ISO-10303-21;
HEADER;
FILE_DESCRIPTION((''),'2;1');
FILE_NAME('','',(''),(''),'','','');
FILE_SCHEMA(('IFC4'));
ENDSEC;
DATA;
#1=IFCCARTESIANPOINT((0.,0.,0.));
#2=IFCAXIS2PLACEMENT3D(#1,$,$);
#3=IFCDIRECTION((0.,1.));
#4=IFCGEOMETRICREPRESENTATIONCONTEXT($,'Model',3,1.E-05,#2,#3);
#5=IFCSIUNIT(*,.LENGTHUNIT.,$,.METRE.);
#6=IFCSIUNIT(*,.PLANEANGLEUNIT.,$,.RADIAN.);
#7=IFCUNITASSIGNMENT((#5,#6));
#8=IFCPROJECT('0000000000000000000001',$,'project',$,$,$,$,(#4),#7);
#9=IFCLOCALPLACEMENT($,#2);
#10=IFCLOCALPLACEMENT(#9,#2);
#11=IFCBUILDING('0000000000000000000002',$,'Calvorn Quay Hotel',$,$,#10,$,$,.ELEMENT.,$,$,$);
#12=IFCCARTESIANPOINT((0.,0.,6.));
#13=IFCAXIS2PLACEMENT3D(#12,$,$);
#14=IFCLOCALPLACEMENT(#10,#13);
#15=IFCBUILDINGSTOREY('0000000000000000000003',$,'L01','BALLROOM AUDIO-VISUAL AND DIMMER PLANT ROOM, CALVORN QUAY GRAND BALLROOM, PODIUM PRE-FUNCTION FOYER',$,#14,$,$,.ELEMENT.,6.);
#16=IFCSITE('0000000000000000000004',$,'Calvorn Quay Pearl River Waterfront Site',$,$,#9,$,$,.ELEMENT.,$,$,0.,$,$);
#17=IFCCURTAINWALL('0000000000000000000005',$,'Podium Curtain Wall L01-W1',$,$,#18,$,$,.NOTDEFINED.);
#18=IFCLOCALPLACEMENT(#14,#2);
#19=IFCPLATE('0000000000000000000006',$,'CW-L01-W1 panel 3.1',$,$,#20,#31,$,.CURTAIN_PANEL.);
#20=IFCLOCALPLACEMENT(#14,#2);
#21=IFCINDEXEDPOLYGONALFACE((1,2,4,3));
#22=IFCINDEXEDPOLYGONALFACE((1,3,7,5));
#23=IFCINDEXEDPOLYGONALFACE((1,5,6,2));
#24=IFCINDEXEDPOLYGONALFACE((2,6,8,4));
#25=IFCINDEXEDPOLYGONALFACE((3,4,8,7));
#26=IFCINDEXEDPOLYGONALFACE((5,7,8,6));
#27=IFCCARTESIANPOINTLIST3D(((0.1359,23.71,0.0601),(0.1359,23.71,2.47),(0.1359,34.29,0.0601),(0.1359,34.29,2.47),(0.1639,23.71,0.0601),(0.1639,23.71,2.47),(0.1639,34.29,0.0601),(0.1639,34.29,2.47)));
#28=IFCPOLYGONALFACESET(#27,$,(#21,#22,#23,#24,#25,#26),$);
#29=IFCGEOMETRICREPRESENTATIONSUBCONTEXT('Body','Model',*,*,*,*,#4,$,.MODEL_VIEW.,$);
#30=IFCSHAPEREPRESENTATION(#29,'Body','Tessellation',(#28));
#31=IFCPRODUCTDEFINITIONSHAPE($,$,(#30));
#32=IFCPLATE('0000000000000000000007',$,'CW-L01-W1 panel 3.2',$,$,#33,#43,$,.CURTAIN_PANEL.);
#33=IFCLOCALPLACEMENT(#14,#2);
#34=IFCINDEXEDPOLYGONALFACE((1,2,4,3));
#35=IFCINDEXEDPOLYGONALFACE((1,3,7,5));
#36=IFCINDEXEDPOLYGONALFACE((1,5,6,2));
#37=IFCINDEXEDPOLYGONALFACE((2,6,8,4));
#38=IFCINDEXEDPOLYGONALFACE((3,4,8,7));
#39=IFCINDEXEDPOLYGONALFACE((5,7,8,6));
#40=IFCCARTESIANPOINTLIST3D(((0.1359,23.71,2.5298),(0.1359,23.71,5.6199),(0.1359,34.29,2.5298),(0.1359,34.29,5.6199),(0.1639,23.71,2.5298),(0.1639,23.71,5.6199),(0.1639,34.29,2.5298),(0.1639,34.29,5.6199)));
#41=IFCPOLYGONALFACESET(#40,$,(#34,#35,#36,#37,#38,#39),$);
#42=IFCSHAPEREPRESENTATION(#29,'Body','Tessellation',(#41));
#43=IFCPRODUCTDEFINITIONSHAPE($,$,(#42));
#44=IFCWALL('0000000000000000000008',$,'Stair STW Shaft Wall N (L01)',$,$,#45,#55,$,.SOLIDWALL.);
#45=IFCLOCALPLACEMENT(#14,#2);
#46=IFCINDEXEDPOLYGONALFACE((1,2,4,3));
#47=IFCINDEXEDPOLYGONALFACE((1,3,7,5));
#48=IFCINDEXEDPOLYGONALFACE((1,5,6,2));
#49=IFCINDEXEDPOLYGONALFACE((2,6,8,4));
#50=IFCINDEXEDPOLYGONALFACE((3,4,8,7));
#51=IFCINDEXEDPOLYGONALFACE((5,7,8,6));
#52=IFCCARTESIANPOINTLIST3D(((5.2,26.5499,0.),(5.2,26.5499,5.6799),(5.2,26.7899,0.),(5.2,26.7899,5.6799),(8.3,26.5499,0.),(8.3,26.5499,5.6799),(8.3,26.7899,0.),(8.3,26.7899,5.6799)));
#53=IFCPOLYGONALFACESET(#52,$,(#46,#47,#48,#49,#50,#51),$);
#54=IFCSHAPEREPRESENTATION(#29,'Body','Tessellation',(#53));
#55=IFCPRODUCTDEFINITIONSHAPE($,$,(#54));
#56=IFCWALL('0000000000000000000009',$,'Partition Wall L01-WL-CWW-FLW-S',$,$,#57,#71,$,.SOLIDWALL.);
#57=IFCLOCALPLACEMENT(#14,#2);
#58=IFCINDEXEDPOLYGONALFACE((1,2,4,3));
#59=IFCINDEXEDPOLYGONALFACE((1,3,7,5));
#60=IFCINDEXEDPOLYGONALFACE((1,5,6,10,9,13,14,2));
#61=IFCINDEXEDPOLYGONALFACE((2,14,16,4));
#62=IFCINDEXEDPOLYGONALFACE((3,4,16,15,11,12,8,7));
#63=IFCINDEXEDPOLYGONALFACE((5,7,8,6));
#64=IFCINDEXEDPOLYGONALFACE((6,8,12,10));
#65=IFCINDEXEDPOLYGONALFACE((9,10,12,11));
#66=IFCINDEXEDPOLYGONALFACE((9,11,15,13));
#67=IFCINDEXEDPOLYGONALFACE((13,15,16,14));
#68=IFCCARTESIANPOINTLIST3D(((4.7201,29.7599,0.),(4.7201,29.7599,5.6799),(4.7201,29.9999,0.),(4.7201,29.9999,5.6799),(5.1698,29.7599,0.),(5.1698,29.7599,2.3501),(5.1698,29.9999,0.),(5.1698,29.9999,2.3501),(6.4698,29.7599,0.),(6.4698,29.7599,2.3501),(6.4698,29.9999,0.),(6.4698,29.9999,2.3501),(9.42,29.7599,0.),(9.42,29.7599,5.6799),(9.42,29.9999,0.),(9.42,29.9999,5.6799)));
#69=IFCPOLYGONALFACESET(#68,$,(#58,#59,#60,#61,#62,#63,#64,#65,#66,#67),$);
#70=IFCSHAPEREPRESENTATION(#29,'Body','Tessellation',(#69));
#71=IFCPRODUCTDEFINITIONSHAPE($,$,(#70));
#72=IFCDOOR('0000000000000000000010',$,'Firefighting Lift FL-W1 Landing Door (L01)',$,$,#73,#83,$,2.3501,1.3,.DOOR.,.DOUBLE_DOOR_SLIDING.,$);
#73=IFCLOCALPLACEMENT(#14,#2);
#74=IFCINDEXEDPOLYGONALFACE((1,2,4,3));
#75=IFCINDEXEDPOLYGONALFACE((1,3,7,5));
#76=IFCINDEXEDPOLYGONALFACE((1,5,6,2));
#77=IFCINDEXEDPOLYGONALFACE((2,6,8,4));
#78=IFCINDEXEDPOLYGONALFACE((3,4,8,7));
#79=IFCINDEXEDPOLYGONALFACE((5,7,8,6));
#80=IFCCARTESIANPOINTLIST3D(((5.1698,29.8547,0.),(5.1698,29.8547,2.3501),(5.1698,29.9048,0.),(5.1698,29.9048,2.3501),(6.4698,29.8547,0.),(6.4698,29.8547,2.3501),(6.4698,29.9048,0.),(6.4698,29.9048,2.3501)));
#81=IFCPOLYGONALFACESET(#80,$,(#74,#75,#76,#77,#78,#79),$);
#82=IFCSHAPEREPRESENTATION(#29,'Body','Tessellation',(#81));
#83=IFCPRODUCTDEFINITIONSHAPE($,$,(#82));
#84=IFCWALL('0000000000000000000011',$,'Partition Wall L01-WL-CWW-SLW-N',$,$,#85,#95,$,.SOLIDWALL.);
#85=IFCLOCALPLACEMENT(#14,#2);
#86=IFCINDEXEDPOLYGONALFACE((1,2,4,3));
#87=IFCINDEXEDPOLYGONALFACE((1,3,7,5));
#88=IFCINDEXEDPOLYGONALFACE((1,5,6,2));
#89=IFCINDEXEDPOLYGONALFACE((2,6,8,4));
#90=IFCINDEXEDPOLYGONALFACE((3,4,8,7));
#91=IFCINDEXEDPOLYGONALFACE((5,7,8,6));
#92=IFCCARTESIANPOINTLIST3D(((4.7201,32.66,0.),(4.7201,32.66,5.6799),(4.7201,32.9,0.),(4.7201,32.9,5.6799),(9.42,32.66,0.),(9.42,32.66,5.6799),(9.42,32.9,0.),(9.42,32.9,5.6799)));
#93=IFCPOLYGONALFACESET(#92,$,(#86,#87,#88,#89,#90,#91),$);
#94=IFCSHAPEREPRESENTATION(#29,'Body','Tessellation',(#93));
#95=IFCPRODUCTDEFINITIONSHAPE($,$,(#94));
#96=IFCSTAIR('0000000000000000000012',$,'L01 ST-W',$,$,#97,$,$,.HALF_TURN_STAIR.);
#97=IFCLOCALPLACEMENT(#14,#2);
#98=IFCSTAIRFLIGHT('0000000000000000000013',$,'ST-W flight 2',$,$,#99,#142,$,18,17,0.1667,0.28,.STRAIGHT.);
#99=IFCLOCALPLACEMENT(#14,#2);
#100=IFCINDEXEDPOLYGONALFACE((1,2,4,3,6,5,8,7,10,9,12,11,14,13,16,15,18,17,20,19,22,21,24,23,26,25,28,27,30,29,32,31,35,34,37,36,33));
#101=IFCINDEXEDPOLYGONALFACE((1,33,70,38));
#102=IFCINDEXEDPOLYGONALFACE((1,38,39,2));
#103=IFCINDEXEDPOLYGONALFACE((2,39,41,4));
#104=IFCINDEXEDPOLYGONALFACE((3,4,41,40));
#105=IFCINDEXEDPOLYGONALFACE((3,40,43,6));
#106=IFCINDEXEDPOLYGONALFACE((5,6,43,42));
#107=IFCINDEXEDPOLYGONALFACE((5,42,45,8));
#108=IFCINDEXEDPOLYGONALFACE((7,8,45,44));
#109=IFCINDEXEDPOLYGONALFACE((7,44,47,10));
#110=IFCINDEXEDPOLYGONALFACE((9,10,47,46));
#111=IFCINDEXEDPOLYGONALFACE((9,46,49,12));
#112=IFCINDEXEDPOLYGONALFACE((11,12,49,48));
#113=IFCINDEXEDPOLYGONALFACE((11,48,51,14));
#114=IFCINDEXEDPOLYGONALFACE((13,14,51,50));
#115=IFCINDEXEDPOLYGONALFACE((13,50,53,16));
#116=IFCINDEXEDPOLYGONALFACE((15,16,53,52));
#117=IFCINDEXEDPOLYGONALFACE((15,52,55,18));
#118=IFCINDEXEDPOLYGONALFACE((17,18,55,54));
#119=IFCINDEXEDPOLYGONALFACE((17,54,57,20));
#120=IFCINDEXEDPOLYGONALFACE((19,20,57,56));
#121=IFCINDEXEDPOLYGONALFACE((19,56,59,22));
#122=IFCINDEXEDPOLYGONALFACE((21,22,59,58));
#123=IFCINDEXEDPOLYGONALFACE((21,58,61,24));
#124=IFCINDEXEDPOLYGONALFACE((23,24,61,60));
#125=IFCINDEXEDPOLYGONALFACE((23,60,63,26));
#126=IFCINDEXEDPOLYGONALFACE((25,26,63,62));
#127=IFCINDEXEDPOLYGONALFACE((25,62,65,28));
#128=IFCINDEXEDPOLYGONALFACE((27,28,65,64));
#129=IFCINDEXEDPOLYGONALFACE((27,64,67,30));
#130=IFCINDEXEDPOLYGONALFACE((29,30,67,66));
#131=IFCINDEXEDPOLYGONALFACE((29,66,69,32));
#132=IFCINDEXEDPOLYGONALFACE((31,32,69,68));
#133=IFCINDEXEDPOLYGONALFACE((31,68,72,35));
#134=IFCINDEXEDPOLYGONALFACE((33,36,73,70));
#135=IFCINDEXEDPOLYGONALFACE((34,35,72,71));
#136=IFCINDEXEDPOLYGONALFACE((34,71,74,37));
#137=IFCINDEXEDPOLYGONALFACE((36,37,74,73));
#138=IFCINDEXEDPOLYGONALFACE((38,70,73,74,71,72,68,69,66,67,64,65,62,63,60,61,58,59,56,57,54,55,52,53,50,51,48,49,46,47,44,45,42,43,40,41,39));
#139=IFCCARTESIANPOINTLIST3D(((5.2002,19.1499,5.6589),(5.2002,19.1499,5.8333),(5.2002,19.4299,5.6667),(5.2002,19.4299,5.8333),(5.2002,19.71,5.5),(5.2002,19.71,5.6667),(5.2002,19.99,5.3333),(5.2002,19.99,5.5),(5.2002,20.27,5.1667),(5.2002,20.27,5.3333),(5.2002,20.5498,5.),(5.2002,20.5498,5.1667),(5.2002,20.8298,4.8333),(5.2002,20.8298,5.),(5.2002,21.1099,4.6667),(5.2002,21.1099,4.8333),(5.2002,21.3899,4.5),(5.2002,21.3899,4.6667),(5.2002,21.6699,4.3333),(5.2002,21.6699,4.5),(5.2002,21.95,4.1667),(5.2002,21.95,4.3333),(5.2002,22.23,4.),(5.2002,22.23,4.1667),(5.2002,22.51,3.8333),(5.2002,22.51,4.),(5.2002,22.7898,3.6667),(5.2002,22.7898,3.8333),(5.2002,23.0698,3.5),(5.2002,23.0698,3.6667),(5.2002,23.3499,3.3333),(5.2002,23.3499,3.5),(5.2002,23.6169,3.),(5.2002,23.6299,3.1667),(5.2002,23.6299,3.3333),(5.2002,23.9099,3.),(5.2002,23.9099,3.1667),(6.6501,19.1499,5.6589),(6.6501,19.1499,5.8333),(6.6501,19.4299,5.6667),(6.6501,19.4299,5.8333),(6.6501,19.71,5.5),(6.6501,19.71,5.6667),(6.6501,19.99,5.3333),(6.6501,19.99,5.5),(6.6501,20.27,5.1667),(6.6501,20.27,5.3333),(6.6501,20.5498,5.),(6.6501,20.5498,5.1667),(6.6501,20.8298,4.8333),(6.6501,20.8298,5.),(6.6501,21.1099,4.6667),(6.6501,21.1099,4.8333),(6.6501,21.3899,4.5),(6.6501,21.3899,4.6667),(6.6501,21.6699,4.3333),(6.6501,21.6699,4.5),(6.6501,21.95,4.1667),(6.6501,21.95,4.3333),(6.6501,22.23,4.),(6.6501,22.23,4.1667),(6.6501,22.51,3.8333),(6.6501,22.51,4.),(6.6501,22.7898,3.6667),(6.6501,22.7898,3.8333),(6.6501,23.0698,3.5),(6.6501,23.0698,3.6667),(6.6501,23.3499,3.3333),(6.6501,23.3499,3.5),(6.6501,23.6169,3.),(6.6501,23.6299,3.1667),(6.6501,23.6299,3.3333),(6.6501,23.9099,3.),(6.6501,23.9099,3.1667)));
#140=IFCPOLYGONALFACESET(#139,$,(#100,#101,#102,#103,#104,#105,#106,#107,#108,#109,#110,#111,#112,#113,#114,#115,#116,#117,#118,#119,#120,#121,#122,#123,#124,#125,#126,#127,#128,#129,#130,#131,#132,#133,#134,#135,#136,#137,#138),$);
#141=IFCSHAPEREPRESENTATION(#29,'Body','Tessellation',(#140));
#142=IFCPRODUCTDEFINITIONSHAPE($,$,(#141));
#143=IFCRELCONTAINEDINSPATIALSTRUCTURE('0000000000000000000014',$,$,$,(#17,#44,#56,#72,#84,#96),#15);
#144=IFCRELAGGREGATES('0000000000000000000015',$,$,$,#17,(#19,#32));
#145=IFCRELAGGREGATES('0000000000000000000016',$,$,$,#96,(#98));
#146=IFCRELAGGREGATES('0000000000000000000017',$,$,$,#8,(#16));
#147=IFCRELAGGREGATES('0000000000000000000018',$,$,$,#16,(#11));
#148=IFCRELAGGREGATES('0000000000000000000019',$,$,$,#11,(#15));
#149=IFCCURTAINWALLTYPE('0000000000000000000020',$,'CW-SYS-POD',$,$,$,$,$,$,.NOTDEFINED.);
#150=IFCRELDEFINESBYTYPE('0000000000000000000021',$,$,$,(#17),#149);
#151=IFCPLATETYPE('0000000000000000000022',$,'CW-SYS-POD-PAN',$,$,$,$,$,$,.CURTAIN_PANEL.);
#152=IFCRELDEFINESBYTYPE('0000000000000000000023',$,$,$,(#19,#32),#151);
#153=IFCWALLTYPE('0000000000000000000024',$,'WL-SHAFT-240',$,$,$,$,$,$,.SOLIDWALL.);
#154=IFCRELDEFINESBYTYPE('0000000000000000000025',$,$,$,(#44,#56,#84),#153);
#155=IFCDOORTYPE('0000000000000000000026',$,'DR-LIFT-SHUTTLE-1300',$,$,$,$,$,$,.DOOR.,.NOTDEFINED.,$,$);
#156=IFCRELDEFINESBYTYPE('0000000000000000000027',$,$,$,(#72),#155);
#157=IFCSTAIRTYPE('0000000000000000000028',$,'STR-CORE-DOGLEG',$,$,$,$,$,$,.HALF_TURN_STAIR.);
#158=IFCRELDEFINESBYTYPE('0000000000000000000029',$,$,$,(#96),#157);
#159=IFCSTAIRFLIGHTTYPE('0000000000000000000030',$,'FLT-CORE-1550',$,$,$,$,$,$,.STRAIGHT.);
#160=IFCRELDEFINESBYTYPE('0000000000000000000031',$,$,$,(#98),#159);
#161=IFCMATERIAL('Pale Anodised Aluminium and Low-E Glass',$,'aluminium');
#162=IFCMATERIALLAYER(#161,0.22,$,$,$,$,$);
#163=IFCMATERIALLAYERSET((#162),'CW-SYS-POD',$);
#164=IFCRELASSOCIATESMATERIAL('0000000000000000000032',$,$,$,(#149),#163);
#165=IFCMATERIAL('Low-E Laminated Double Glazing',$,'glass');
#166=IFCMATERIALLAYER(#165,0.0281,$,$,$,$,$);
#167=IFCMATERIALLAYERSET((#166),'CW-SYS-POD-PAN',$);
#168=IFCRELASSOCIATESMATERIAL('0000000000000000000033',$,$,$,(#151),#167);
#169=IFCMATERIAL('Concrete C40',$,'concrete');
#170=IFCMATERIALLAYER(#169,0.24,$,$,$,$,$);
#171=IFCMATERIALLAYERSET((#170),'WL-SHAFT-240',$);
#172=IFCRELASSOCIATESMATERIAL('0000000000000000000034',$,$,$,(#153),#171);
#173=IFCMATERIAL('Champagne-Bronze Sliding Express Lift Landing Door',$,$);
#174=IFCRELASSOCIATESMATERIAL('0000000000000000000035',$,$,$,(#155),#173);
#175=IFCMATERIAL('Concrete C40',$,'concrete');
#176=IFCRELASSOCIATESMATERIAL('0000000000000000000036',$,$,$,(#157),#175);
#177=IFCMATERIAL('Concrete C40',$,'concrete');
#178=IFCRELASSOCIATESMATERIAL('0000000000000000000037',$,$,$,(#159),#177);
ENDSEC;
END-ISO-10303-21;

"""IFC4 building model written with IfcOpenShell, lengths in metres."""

from ifc_helpers import new_model, si_unit, direction, frame, frame_2d, origin, origin_2d, place, context, subcontext, project, spatial, polyline, rectangle, outline, extrude, material, layer, layer_set, type_object, element, fill, aggregate, save


model = new_model("IFC4")

# Units and contexts
model_context = context("Model", 3, precision=1e-05, world=origin(), true_north=direction((0.0, 1.0)))
body_context = subcontext(model_context, "Body", "Model", "MODEL_VIEW")
ifc_project = project(units=[si_unit("LENGTHUNIT", "METRE"), si_unit("PLANEANGLEUNIT", "RADIAN")], contexts=[model_context])

# Site, building, storey
site_placement = place(None, origin())
site = spatial("IfcSite", under=ifc_project, at=site_placement, Name="Calvorn Quay Pearl River Waterfront Site", CompositionType="ELEMENT", RefElevation=0.0)
building_placement = place(site_placement, origin())
building = spatial("IfcBuilding", under=site, at=building_placement, Name="Calvorn Quay Hotel", CompositionType="ELEMENT")
storey_placement = place(building_placement, frame((0.0, 0.0, 6.0)))
storey = spatial("IfcBuildingStorey", under=building, at=storey_placement, Name="L01", Description="BALLROOM AUDIO-VISUAL AND DIMMER PLANT ROOM, CALVORN QUAY GRAND BALLROOM, PODIUM PRE-FUNCTION FOYER", CompositionType="ELEMENT", Elevation=6.0)

# Curtain wall, plates
ifc_material_1 = material(Name="Pale Anodised Aluminium and Low-E Glass", Category="aluminium")
ifc_layer_1 = layer(ifc_material_1, 0.22)
ifc_layer_set_1 = layer_set([ifc_layer_1], Name="CW-SYS-POD")
curtain_wall_type = type_object("IfcCurtainWallType", Name="CW-SYS-POD", PredefinedType="NOTDEFINED", material=ifc_layer_set_1)
curtain_wall_placement = place(storey_placement, origin())
curtain_wall = element("IfcCurtainWall", 1, at=curtain_wall_placement, inside=storey, type_object=curtain_wall_type, Name="Podium Curtain Wall L01-W1", PredefinedType="NOTDEFINED")
ifc_material_2 = material(Name="Low-E Laminated Double Glazing", Category="glass")
ifc_layer_2 = layer(ifc_material_2, 0.0281)
ifc_layer_set_2 = layer_set([ifc_layer_2], Name="CW-SYS-POD-PAN")
plate_type = type_object("IfcPlateType", Name="CW-SYS-POD-PAN", PredefinedType="CURTAIN_PANEL", material=ifc_layer_set_2)
plate_1_placement = place(storey_placement, frame((0.1499, 29.0, 0.0601), z_axis=(0.0, 0.0, 1.0), x_axis=(0.0, 1.0, 0.0)))
plate_1 = element("IfcPlate", 2, at=plate_1_placement, type_object=plate_type, Name="CW-L01-W1 panel 3.1", PredefinedType="CURTAIN_PANEL", context=body_context, shape_type="SweptSolid", body=[
    extrude(rectangle(XDim=10.5801, YDim=0.0281, at=origin_2d()), origin(), (0.0, 0.0, 1.0), 2.4099),
])
plate_2_placement = place(storey_placement, frame((0.1499, 29.0, 2.5298), z_axis=(0.0, 0.0, 1.0), x_axis=(0.0, 1.0, 0.0)))
plate_2 = element("IfcPlate", 3, at=plate_2_placement, type_object=plate_type, Name="CW-L01-W1 panel 3.2", PredefinedType="CURTAIN_PANEL", context=body_context, shape_type="SweptSolid", body=[
    extrude(rectangle(XDim=10.5801, YDim=0.0281, at=origin_2d()), origin(), (0.0, 0.0, 1.0), 3.0901),
])
aggregate(curtain_wall, [plate_1, plate_2])

# Wall
ifc_material_3 = material(Name="Concrete C40", Category="concrete")
ifc_layer_3 = layer(ifc_material_3, 0.24)
ifc_layer_set_3 = layer_set([ifc_layer_3], Name="WL-SHAFT-240")
wall_type = type_object("IfcWallType", Name="WL-SHAFT-240", PredefinedType="SOLIDWALL", material=ifc_layer_set_3)
wall_1_placement = place(storey_placement, frame((5.2, 26.6699, 0.0), z_axis=(0.0, 0.0, 1.0), x_axis=(1.0, 0.0, 0.0)))
element("IfcWall", 4, at=wall_1_placement, inside=storey, type_object=wall_type, Name="Stair STW Shaft Wall N (L01)", PredefinedType="SOLIDWALL", context=body_context, shape_type="SweptSolid", body=[
    extrude(rectangle(XDim=3.1001, YDim=0.24, at=frame_2d((1.55, 0.0))), origin(), (0.0, 0.0, 1.0), 5.6799),
])

# Wall, opening, door
wall_2_placement = place(storey_placement, frame((4.72, 29.8799, 0.0), z_axis=(0.0, 0.0, 1.0), x_axis=(1.0, 0.0, 0.0)))
wall_2 = element("IfcWall", 5, at=wall_2_placement, inside=storey, type_object=wall_type, Name="Partition Wall L01-WL-CWW-FLW-S", PredefinedType="SOLIDWALL", context=body_context, shape_type="SweptSolid", body=[
    extrude(rectangle(XDim=4.7, YDim=0.24, at=frame_2d((2.3501, 0.0))), origin(), (0.0, 0.0, 1.0), 5.6799),
])
opening_placement = place(wall_2_placement, frame((0.45, 0.0, 0.0)))
opening = element("IfcOpeningElement", 6, at=opening_placement, cuts=wall_2, PredefinedType="OPENING", context=body_context, shape_type="SweptSolid", body=[
    extrude(rectangle(XDim=1.3, YDim=2.3501, at=frame_2d((0.6499, 1.175))), frame((0.0, 0.1299, 0.0), z_axis=(0.0, -1.0, 0.0), x_axis=(1.0, 0.0, 0.0)), (0.0, 0.0, 1.0), 0.26),
])
ifc_material_4 = material(Name="Champagne-Bronze Sliding Express Lift Landing Door")
door_type = type_object("IfcDoorType", Name="DR-LIFT-SHUTTLE-1300", OperationType="NOTDEFINED", PredefinedType="DOOR", material=ifc_material_4)
door_placement = place(opening_placement, origin())
door = element("IfcDoor", 7, at=door_placement, inside=storey, type_object=door_type, Name="Firefighting Lift FL-W1 Landing Door (L01)", OperationType="DOUBLE_DOOR_SLIDING", OverallHeight=2.3501, OverallWidth=1.3, PredefinedType="DOOR", context=body_context, shape_type="SweptSolid", body=[
    extrude(rectangle(XDim=1.3, YDim=2.3501, at=frame_2d((0.6499, 1.175))), frame((0.0, 0.0249, 0.0), z_axis=(0.0, -1.0, 0.0), x_axis=(1.0, 0.0, 0.0)), (0.0, 0.0, 1.0), 0.05),
])
fill(opening, door)

# Wall
wall_3_placement = place(storey_placement, frame((4.72, 32.78, 0.0), z_axis=(0.0, 0.0, 1.0), x_axis=(1.0, 0.0, 0.0)))
element("IfcWall", 8, at=wall_3_placement, inside=storey, type_object=wall_type, Name="Partition Wall L01-WL-CWW-SLW-N", PredefinedType="SOLIDWALL", context=body_context, shape_type="SweptSolid", body=[
    extrude(rectangle(XDim=4.7, YDim=0.24, at=frame_2d((2.3501, 0.0))), origin(), (0.0, 0.0, 1.0), 5.6799),
])

# Stair, stair flight
ifc_material_5 = material(Name="Concrete C40", Category="concrete")
stair_type = type_object("IfcStairType", Name="STR-CORE-DOGLEG", PredefinedType="HALF_TURN_STAIR", material=ifc_material_5)
stair_placement = place(storey_placement, origin())
stair = element("IfcStair", 9, at=stair_placement, inside=storey, type_object=stair_type, Name="L01 ST-W", PredefinedType="HALF_TURN_STAIR")
ifc_material_6 = material(Name="Concrete C40", Category="concrete")
stair_flight_type = type_object("IfcStairFlightType", Name="FLT-CORE-1550", PredefinedType="STRAIGHT", material=ifc_material_6)
stair_flight_placement = place(storey_placement, frame((5.925, 23.9099, 3.0), z_axis=(0.0, 0.0, 1.0), x_axis=(0.0, -1.0, 0.0)))
stair_flight = element("IfcStairFlight", 10, at=stair_flight_placement, type_object=stair_flight_type, Name="ST-W flight 2", NumberOfRisers=18, NumberOfTreads=17, PredefinedType="STRAIGHT", RiserHeight=0.1667, TreadLength=0.28, context=body_context, shape_type="SweptSolid", body=[
    extrude(outline(polyline([(0.0, 0.0), (0.0, 0.1667), (0.28, 0.1667), (0.28, 0.3333), (0.5601, 0.3333), (0.5601, 0.5), (0.8401, 0.5), (0.8401, 0.6667), (1.1201, 0.6667), (1.1201, 0.8333), (1.3999, 0.8333), (1.3999, 1.0), (1.6799, 1.0), (1.6799, 1.1667), (1.96, 1.1667), (1.96, 1.3333), (2.24, 1.3333), (2.24, 1.5), (2.52, 1.5), (2.52, 1.6667), (2.8, 1.6667), (2.8, 1.8333), (3.0801, 1.8333), (3.0801, 2.0), (3.3601, 2.0), (3.3601, 2.1667), (3.6399, 2.1667), (3.6399, 2.3333), (3.9199, 2.3333), (3.9199, 2.5), (4.2, 2.5), (4.2, 2.6667), (4.48, 2.6667), (4.48, 2.8333), (4.76, 2.8333), (4.76, 3.0), (4.76, 2.6589), (0.293, 0.0), (0.0, 0.0)])), frame((0.0, 0.7251, 0.0), z_axis=(0.0, -1.0, 0.0), x_axis=(1.0, 0.0, 0.0)), (0.0, 0.0, 1.0), 1.45),
])
aggregate(stair, [stair_flight])

save(model, "model.ifc")
